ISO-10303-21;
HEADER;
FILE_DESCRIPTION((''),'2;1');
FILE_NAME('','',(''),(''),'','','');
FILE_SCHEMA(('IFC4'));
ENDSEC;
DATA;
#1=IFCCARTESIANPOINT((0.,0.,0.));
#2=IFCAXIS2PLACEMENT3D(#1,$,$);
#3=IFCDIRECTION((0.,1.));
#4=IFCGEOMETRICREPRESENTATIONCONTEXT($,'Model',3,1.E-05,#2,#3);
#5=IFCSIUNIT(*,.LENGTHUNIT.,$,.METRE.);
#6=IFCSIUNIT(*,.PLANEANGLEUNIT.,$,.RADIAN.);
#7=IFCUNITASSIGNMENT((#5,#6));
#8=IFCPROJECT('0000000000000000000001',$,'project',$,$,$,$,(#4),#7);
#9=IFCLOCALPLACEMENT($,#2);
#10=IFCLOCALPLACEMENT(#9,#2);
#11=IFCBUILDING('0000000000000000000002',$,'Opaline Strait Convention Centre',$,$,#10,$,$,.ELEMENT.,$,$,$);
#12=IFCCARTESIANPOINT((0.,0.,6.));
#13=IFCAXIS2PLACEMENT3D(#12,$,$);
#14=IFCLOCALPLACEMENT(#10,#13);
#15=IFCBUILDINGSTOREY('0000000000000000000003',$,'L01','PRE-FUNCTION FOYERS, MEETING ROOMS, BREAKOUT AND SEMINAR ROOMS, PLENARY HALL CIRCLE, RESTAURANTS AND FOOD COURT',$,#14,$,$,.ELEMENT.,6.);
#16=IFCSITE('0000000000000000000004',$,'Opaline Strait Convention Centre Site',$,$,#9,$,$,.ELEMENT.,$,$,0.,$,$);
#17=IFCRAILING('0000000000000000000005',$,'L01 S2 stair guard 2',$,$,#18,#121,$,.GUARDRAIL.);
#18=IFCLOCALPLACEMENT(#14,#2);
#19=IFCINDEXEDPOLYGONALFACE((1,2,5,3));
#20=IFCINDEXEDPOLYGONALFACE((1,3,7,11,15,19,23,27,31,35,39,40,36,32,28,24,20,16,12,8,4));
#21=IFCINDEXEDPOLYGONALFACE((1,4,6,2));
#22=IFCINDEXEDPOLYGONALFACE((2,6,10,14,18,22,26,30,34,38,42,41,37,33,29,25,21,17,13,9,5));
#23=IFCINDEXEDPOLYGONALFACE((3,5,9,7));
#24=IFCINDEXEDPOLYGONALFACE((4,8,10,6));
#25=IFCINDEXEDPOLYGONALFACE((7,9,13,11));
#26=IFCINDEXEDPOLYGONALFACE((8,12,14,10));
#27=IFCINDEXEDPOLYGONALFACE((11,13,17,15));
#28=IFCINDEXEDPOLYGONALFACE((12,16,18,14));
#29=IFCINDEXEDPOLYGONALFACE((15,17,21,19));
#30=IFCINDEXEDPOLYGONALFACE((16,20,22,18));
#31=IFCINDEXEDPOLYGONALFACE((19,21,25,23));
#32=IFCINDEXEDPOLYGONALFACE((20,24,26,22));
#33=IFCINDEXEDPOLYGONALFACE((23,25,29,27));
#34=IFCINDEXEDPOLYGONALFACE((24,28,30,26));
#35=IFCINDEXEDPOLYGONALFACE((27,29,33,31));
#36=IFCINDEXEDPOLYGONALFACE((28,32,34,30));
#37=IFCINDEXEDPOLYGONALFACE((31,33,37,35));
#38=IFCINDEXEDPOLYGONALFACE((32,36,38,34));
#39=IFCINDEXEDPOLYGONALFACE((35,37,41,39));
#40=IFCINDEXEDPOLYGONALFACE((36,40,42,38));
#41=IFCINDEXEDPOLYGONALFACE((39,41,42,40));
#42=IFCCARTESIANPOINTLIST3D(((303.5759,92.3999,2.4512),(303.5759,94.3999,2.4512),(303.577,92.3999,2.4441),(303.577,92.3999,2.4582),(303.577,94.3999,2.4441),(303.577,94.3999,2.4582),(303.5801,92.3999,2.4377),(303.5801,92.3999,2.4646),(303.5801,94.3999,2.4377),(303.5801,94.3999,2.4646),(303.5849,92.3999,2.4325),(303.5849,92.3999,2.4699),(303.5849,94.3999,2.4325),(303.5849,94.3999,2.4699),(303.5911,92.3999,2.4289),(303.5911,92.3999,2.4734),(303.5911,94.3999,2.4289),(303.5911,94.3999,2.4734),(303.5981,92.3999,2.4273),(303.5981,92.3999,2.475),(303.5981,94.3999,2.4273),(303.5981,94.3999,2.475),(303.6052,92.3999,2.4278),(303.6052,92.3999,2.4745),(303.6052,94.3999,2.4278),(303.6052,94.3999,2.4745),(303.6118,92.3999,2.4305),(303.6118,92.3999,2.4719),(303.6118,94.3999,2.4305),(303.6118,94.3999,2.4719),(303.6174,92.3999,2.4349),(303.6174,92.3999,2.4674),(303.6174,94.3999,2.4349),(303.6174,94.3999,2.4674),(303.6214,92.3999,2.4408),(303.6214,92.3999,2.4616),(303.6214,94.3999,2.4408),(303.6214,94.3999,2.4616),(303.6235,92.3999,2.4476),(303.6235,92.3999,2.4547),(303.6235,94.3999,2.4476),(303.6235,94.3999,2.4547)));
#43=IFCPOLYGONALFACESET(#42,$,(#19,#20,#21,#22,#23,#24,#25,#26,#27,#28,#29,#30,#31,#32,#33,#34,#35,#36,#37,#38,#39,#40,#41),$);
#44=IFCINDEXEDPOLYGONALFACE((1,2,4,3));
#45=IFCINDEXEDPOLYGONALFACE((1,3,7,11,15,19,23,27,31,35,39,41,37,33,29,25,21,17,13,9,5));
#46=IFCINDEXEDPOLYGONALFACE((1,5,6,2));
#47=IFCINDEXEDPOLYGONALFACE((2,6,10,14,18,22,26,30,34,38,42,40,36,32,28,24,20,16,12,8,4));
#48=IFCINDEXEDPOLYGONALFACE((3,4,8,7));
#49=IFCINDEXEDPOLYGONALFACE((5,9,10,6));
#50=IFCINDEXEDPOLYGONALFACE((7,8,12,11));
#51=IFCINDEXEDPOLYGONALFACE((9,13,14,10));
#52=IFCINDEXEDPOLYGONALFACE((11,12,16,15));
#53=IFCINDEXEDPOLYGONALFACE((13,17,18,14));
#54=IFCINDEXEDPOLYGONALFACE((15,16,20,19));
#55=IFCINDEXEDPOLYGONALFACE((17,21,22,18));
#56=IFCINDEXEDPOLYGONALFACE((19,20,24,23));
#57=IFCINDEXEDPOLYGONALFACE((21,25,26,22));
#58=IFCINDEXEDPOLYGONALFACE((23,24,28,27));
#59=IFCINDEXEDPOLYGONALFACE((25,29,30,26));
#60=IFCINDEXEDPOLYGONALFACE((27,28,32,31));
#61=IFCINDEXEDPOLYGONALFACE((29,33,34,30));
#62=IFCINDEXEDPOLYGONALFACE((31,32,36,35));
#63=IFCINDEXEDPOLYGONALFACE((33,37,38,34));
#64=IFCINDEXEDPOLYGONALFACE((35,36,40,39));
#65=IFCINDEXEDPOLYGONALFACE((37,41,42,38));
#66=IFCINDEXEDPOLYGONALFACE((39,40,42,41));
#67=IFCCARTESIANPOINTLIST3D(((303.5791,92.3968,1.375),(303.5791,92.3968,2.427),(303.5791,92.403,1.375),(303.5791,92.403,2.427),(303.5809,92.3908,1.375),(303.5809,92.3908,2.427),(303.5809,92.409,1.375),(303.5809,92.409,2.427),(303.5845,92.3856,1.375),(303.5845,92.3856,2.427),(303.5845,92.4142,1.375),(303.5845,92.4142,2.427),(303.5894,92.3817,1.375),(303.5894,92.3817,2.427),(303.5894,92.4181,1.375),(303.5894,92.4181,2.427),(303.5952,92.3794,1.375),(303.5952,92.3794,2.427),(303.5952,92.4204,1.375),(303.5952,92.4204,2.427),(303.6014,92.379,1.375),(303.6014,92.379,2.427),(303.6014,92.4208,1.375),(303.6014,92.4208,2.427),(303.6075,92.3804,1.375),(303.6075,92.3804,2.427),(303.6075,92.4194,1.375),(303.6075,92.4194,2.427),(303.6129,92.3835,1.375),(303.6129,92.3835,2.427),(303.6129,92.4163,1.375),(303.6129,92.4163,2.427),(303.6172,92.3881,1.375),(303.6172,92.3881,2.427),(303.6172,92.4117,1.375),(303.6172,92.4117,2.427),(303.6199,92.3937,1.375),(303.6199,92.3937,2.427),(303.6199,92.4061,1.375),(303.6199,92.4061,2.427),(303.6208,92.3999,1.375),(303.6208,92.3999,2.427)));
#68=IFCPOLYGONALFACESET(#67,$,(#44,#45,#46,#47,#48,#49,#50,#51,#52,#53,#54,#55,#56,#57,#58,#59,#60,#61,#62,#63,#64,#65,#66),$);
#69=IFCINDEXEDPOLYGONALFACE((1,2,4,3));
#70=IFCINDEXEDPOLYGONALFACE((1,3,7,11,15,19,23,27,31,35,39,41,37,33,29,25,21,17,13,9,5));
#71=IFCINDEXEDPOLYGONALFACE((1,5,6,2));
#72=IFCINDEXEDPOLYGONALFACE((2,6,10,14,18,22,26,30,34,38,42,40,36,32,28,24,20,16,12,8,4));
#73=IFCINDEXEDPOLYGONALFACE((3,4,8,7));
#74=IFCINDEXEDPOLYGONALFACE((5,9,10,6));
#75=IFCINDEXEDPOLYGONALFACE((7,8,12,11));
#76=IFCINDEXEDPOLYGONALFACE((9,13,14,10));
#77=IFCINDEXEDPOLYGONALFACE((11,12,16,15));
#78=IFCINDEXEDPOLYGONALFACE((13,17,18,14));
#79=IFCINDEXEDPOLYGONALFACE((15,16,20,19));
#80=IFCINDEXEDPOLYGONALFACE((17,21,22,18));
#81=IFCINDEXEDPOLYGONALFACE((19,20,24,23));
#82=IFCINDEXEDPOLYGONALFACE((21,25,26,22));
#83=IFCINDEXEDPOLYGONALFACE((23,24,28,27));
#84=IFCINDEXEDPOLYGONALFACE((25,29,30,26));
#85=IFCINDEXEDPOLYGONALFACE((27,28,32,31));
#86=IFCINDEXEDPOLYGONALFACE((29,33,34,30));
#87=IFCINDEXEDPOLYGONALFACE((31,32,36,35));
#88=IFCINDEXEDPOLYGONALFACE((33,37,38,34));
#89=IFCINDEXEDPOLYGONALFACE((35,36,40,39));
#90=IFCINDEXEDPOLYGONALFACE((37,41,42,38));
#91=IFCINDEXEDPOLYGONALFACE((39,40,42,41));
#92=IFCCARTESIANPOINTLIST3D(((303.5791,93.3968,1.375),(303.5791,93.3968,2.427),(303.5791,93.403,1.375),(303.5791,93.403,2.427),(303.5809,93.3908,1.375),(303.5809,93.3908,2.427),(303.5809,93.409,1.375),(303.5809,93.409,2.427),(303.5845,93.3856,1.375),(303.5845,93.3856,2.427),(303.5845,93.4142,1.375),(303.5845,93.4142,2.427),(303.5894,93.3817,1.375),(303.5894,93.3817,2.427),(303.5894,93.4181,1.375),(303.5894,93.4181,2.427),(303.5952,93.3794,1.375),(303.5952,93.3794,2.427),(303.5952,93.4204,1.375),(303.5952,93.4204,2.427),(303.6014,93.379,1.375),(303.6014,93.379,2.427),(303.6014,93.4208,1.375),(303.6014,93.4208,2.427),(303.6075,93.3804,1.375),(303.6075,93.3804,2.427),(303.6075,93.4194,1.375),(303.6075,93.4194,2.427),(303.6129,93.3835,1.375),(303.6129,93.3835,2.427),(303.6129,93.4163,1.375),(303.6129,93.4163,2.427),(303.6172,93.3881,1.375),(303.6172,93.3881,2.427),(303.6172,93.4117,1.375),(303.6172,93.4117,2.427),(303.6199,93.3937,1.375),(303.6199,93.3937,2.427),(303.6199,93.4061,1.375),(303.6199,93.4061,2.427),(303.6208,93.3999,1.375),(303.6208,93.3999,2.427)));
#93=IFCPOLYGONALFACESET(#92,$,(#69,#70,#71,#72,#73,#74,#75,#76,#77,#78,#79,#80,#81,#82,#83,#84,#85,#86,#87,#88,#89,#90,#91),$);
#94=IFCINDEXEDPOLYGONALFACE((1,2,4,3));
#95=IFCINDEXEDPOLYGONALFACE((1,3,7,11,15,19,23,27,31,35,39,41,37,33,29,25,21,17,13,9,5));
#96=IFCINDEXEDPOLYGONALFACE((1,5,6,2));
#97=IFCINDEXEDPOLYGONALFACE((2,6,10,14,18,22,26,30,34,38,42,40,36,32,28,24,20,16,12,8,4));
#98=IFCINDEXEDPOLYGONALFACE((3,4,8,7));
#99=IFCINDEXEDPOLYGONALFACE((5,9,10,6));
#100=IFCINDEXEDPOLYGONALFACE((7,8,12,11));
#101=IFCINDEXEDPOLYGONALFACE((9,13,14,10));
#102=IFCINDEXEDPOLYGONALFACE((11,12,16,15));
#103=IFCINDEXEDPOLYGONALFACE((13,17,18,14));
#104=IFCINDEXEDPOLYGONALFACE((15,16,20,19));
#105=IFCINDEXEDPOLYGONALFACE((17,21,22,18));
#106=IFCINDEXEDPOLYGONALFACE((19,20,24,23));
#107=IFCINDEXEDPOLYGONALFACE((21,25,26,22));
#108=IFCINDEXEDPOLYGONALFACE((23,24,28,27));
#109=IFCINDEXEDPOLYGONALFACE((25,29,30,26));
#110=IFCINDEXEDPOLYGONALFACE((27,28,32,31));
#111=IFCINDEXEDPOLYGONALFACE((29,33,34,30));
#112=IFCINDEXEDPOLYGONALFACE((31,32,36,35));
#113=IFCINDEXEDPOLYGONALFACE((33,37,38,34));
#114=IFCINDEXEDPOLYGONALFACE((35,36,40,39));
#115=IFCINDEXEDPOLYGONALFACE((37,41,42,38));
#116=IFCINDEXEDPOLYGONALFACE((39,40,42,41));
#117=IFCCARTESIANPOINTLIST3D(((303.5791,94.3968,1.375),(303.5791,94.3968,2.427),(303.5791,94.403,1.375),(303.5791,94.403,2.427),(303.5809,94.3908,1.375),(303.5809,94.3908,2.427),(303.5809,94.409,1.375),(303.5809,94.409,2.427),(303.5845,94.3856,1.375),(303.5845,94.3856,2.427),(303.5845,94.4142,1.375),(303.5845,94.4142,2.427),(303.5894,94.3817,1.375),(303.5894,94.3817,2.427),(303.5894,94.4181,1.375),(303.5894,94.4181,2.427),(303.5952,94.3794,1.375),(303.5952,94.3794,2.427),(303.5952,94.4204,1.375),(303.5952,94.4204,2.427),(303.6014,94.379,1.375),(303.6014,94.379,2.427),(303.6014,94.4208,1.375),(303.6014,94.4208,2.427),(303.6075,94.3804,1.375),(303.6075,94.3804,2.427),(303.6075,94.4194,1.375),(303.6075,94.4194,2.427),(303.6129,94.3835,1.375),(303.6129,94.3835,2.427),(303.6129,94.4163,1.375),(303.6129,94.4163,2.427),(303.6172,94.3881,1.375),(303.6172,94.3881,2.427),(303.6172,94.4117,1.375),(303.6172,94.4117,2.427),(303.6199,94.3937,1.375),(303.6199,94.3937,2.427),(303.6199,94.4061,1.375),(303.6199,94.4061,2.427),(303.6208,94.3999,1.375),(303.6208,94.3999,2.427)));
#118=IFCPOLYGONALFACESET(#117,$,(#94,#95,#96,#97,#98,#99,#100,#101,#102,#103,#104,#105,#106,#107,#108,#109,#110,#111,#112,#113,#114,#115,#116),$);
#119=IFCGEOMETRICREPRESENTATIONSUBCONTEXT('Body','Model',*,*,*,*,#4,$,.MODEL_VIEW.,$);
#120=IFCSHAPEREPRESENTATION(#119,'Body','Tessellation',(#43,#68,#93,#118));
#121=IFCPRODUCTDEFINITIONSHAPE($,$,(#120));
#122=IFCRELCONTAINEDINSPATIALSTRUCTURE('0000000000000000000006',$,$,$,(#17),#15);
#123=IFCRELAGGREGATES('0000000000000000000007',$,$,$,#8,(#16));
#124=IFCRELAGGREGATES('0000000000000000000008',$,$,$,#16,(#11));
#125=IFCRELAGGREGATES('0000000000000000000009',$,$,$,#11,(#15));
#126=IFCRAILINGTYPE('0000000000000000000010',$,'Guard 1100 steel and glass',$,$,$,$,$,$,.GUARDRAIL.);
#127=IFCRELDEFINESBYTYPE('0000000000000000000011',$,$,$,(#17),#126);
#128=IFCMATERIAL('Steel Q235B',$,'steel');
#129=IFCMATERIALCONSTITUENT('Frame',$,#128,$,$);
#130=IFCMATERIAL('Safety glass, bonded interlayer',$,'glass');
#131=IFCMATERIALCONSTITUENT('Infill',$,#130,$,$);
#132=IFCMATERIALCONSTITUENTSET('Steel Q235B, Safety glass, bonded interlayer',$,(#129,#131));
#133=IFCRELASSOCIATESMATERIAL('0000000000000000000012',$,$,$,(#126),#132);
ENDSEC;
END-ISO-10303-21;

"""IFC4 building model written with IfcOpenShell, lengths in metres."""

from ifc_helpers import new_model, si_unit, direction, frame, origin, origin_2d, place, context, subcontext, project, spatial, circle, extrude, material, constituent, constituent_set, type_object, element, save


model = new_model("IFC4")

# Units and contexts
model_context = context("Model", 3, precision=1e-05, world=origin(), true_north=direction((0.0, 1.0)))
body_context = subcontext(model_context, "Body", "Model", "MODEL_VIEW")
ifc_project = project(units=[si_unit("LENGTHUNIT", "METRE"), si_unit("PLANEANGLEUNIT", "RADIAN")], contexts=[model_context])

# Site, building, storey
site_placement = place(None, origin())
site = spatial("IfcSite", under=ifc_project, at=site_placement, Name="Opaline Strait Convention Centre Site", CompositionType="ELEMENT", RefElevation=0.0)
building_placement = place(site_placement, origin())
building = spatial("IfcBuilding", under=site, at=building_placement, Name="Opaline Strait Convention Centre", CompositionType="ELEMENT")
storey_placement = place(building_placement, frame((0.0, 0.0, 6.0)))
storey = spatial("IfcBuildingStorey", under=building, at=storey_placement, Name="L01", Description="PRE-FUNCTION FOYERS, MEETING ROOMS, BREAKOUT AND SEMINAR ROOMS, PLENARY HALL CIRCLE, RESTAURANTS AND FOOD COURT", CompositionType="ELEMENT", Elevation=6.0)

# Railing
ifc_material_1 = material(Name="Steel Q235B", Category="steel")
ifc_constituent_1 = constituent(ifc_material_1, Name="Frame")
ifc_material_2 = material(Name="Safety glass, bonded interlayer", Category="glass")
ifc_constituent_2 = constituent(ifc_material_2, Name="Infill")
ifc_constituent_set = constituent_set(constituents=[ifc_constituent_1, ifc_constituent_2], Name="Steel Q235B, Safety glass, bonded interlayer")
railing_type_1 = type_object("IfcRailingType", Name="Guard 1100 steel and glass", PredefinedType="GUARDRAIL", material=ifc_constituent_set)
railing_1_placement = place(storey_placement, frame((303.5999, 92.3999, 1.375)))
element("IfcRailing", 1, at=railing_1_placement, inside=storey, type_object=railing_type_1, Name="L01 S2 stair guard 2", PredefinedType="GUARDRAIL", context=body_context, shape_type="SweptSolid", body=[
    extrude(circle(Radius=0.0239, at=origin_2d()), frame((0.0, 0.0, 1.0762), z_axis=(0.0, 1.0, 0.0), x_axis=(-1.0, 0.0, 0.0)), (0.0, 0.0, 1.0), 2.0),
    extrude(circle(Radius=0.021, at=origin_2d()), origin(), (0.0, 0.0, 1.0), 1.052),
    extrude(circle(Radius=0.021, at=origin_2d()), frame((0.0, 1.0, 0.0)), (0.0, 0.0, 1.0), 1.052),
    extrude(circle(Radius=0.021, at=origin_2d()), frame((0.0, 2.0, 0.0)), (0.0, 0.0, 1.0), 1.052),
])

save(model, "model.ifc")
